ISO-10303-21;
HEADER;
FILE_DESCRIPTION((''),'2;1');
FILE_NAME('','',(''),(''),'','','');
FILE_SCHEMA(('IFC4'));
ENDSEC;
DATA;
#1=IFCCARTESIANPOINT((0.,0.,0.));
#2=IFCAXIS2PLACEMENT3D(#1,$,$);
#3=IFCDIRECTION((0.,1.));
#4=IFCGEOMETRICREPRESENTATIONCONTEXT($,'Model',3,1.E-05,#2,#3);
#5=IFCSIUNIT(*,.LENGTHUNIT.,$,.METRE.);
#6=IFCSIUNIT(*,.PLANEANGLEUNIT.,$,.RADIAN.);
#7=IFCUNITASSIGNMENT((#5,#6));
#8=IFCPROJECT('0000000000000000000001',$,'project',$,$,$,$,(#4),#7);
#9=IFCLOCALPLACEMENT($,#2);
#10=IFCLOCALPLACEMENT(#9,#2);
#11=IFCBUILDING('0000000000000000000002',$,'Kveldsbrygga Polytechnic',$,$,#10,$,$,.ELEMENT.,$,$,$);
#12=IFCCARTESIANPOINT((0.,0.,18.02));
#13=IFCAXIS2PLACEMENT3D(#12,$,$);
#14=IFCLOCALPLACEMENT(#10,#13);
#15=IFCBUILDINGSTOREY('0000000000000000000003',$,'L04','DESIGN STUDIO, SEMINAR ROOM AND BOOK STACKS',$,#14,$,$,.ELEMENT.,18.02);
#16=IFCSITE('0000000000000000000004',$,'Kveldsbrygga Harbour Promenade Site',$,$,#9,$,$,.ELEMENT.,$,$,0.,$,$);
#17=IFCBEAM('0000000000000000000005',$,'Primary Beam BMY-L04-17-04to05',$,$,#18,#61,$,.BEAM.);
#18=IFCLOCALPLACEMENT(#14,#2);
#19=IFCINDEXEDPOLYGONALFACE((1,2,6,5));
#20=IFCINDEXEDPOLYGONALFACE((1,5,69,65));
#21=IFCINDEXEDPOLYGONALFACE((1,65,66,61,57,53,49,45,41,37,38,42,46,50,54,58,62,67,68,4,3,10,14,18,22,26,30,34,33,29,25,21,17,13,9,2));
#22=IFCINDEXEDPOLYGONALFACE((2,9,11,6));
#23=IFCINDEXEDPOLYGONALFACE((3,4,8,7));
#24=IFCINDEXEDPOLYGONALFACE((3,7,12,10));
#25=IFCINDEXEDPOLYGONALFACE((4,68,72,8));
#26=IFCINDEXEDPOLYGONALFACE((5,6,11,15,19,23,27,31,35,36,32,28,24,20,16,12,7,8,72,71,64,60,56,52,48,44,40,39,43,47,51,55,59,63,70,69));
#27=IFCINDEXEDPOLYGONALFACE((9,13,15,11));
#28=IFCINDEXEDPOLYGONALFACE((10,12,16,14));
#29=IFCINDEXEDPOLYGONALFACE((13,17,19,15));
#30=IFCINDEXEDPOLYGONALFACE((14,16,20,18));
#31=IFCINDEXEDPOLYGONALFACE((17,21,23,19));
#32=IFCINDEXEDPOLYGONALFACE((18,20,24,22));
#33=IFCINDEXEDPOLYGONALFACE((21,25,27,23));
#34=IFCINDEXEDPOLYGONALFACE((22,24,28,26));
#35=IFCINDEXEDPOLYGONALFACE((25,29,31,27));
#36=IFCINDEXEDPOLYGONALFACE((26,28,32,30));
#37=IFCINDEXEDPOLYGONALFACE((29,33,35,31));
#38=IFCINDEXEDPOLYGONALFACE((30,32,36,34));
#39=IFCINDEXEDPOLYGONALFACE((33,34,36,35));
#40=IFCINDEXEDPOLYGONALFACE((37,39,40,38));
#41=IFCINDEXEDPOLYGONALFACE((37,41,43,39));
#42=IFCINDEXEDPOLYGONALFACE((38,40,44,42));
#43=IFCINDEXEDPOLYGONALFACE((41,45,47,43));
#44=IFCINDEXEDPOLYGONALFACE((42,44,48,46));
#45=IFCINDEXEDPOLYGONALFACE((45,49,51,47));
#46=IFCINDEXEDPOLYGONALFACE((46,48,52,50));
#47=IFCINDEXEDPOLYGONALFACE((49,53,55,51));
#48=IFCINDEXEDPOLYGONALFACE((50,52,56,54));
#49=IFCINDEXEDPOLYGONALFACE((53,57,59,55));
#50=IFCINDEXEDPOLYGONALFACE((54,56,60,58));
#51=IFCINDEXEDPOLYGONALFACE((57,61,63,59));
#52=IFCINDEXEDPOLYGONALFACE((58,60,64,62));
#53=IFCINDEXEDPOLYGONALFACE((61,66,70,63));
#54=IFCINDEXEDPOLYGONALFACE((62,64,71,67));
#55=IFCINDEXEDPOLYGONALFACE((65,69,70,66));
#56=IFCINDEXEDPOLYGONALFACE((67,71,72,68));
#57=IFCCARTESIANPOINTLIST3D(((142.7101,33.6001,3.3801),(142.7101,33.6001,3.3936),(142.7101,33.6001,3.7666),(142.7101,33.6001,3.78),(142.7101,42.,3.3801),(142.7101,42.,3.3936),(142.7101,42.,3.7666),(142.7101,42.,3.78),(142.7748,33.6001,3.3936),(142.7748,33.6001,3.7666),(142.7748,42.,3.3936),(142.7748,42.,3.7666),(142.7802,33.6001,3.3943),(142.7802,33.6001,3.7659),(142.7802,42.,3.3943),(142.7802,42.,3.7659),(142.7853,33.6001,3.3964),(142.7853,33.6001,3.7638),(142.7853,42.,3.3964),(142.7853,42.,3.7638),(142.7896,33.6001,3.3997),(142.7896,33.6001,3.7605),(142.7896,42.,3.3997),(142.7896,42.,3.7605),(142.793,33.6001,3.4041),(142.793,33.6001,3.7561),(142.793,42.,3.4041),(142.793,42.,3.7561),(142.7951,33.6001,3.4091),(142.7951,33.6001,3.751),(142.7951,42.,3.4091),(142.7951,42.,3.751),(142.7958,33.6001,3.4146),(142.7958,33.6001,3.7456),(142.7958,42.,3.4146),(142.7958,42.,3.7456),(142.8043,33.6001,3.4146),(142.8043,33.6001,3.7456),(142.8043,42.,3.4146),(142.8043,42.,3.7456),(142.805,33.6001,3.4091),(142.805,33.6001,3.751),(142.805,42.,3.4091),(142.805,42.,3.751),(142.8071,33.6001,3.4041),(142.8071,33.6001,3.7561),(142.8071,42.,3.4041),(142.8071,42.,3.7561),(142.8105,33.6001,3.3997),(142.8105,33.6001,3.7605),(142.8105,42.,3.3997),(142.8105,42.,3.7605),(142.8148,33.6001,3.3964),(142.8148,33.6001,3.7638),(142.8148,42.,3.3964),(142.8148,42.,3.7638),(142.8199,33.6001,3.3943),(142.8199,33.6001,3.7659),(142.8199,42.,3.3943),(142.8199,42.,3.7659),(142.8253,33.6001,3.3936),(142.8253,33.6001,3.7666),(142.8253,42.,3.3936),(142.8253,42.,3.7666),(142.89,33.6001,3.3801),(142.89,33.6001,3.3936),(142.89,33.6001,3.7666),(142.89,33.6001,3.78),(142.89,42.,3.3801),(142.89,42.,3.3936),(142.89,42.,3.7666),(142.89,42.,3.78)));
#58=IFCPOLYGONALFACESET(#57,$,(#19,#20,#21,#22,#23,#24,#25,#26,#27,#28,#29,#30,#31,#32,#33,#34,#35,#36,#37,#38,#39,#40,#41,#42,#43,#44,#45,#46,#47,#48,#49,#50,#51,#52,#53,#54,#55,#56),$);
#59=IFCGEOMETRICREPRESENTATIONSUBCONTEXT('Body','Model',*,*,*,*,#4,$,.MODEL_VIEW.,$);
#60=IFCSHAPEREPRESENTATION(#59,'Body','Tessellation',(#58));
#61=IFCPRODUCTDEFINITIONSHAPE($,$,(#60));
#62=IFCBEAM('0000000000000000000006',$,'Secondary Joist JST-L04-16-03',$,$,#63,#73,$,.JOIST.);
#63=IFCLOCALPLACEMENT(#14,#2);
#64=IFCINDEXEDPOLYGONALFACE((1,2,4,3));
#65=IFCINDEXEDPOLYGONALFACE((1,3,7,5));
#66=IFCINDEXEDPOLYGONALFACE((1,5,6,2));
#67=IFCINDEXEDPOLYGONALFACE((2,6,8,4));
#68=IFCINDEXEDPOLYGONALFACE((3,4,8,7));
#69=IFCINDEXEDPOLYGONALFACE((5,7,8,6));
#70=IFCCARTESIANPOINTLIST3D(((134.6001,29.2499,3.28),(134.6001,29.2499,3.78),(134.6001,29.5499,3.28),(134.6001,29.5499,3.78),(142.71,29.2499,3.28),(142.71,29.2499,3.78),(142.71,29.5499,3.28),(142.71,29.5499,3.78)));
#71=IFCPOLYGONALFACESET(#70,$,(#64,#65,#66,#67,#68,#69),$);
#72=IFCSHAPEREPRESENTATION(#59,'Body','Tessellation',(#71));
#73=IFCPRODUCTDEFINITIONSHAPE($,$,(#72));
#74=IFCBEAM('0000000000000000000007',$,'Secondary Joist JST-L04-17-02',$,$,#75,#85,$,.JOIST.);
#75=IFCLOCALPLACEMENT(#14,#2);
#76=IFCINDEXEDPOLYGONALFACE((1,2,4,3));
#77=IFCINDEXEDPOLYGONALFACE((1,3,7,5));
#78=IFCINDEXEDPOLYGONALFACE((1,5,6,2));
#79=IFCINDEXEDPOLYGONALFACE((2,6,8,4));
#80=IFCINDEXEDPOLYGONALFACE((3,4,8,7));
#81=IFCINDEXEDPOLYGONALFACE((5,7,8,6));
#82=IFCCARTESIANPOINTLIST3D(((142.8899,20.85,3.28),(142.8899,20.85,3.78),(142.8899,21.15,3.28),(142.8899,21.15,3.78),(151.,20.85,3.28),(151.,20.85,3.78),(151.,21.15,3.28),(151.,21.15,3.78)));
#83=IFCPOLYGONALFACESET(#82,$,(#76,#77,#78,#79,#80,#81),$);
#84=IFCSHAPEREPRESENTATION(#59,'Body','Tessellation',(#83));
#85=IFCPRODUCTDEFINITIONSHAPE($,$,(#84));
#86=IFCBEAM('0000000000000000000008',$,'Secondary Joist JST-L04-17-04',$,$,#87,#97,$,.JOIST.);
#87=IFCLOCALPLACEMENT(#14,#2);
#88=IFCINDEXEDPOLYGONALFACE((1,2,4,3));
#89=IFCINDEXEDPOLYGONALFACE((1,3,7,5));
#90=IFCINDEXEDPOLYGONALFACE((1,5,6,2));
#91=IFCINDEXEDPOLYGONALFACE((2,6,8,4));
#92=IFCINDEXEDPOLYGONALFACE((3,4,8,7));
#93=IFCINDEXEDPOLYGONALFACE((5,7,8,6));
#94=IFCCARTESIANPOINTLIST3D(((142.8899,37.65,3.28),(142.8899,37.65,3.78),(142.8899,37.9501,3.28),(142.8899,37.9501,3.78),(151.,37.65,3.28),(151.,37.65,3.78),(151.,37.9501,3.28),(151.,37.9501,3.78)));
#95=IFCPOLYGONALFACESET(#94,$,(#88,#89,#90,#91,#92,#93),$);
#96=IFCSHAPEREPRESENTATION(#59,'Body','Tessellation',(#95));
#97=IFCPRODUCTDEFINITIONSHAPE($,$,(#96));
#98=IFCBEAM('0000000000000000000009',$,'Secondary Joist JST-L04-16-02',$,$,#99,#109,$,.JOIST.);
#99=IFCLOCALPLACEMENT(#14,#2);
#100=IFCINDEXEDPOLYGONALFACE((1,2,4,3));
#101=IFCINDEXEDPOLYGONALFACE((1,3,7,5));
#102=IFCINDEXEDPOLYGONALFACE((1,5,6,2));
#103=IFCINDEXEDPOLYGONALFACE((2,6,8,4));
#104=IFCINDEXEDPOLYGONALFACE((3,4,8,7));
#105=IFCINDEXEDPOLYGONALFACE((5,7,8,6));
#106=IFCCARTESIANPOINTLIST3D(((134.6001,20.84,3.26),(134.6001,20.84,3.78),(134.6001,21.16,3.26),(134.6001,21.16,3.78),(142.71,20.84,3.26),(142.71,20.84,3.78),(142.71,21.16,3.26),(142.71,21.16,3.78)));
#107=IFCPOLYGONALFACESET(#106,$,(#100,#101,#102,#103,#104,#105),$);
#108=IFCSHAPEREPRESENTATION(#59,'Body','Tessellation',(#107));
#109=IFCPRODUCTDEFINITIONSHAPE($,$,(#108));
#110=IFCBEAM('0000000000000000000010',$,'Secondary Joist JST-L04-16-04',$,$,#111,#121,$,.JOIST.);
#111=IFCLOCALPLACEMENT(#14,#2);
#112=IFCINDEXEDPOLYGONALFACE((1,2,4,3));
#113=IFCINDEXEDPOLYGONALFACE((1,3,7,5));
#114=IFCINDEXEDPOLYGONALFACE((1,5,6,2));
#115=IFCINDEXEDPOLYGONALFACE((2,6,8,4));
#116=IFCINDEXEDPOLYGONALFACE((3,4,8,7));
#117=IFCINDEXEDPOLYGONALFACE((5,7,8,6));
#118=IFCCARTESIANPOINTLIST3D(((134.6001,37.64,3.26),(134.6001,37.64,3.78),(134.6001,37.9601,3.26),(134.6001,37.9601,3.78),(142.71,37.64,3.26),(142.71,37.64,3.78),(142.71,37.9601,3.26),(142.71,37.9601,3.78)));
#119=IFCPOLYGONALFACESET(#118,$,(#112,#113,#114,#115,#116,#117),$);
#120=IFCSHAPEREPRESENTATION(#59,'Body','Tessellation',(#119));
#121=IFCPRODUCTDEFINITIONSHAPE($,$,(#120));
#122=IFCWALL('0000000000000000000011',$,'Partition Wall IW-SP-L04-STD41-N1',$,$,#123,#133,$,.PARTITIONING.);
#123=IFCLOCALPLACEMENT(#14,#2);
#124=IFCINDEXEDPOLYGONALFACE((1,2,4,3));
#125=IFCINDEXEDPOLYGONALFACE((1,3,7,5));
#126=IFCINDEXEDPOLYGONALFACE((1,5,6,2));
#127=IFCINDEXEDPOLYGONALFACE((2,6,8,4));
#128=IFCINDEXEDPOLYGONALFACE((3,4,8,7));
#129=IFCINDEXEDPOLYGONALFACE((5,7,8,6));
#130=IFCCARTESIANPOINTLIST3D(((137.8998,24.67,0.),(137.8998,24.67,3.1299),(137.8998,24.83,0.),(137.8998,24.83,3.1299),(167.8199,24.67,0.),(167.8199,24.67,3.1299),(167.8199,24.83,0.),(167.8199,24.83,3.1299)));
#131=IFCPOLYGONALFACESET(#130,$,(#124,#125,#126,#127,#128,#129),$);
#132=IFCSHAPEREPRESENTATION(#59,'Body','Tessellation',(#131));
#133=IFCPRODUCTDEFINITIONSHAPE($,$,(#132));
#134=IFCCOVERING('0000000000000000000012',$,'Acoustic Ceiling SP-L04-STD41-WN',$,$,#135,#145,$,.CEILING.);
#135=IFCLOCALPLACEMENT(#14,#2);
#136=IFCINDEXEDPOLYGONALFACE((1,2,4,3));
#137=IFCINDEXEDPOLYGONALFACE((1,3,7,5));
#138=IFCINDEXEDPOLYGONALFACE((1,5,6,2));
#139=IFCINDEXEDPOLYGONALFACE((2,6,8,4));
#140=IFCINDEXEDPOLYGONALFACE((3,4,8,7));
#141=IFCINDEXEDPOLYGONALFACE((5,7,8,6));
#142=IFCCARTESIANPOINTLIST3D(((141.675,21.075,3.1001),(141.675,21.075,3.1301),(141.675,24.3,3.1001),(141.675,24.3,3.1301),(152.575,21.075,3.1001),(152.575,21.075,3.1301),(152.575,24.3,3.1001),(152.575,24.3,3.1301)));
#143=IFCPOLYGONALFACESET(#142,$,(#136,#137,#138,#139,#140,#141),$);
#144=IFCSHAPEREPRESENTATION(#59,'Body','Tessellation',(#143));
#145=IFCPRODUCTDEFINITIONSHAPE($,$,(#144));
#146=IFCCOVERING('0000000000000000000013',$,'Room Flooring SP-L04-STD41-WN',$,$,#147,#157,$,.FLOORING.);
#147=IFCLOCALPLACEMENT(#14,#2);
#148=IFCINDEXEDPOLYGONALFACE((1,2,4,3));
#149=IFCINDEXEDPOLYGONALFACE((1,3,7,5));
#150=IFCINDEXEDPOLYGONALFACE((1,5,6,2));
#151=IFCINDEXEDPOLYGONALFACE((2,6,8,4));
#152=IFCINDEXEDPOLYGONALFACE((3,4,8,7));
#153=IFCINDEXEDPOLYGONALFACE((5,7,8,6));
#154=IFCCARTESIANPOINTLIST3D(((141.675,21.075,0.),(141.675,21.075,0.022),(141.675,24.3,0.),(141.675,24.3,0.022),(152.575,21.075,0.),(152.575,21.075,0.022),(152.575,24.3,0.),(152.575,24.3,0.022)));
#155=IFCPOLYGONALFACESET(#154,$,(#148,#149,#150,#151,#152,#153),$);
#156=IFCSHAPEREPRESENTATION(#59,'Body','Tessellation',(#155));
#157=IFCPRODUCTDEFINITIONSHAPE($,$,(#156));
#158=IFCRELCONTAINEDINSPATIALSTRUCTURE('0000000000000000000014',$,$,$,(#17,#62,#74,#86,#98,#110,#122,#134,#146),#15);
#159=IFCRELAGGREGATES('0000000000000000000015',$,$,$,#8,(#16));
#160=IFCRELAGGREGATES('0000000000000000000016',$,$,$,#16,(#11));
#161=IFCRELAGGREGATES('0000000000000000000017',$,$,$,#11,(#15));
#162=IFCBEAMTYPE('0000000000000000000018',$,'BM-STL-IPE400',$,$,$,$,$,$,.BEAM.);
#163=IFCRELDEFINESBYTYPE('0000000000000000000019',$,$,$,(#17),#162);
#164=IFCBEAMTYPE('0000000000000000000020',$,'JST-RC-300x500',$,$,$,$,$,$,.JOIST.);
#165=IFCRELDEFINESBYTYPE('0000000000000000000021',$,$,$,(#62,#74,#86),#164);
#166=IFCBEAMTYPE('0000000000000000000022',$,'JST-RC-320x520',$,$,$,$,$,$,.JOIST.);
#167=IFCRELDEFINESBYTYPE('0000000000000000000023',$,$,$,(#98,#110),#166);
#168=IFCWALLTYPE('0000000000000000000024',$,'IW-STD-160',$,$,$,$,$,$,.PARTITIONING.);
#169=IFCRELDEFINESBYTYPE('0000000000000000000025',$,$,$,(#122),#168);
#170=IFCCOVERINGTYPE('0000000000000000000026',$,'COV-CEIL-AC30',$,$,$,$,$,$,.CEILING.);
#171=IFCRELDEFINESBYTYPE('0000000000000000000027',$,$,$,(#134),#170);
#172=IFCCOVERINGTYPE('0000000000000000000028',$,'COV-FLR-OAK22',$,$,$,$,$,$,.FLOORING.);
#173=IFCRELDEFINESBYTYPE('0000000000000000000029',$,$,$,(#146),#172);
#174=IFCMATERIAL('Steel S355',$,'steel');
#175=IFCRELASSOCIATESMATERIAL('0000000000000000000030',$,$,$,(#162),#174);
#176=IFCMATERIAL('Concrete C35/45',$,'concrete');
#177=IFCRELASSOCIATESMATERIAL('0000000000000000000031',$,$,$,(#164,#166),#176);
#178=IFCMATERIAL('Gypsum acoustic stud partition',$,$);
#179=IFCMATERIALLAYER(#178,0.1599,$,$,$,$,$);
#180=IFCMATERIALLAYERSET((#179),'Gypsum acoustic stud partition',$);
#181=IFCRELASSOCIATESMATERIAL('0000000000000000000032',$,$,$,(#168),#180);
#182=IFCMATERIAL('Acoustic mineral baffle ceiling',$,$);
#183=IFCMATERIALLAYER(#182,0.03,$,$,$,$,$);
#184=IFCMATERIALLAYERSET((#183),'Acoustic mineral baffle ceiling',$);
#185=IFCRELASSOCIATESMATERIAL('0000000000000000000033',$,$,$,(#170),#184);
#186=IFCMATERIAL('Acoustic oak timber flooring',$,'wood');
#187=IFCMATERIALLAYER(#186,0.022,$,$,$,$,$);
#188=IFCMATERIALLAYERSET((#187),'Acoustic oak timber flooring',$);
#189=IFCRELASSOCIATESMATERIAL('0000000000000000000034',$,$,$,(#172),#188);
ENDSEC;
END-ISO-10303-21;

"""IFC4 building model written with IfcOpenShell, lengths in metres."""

from ifc_helpers import new_model, si_unit, direction, frame, frame_2d, origin, origin_2d, place, context, subcontext, project, spatial, rectangle, i_section, extrude, material, layer, layer_set, material_profile, profile_set, type_object, element, save


model = new_model("IFC4")

# Units and contexts
model_context = context("Model", 3, precision=1e-05, world=origin(), true_north=direction((0.0, 1.0)))
body_context = subcontext(model_context, "Body", "Model", "MODEL_VIEW")
ifc_project = project(units=[si_unit("LENGTHUNIT", "METRE"), si_unit("PLANEANGLEUNIT", "RADIAN")], contexts=[model_context])

# Site, building, storey
site_placement = place(None, origin())
site = spatial("IfcSite", under=ifc_project, at=site_placement, Name="Kveldsbrygga Harbour Promenade Site", CompositionType="ELEMENT", RefElevation=0.0)
building_placement = place(site_placement, origin())
building = spatial("IfcBuilding", under=site, at=building_placement, Name="Kveldsbrygga Polytechnic", CompositionType="ELEMENT")
storey_placement = place(building_placement, frame((0.0, 0.0, 18.02)))
storey = spatial("IfcBuildingStorey", under=building, at=storey_placement, Name="L04", Description="DESIGN STUDIO, SEMINAR ROOM AND BOOK STACKS", CompositionType="ELEMENT", Elevation=18.02)

# Beams
ifc_material_1 = material(Name="Concrete C35/45", Category="concrete")
ifc_material_2 = material(Name="Steel S355", Category="steel")
ifc_material_profile_1 = material_profile(ifc_material_2, i_section(OverallWidth=0.1799, OverallDepth=0.3999, WebThickness=0.0085, FlangeThickness=0.0134, FilletRadius=0.021, at=origin_2d()), Name="IPE 400")
ifc_profile_set_1 = profile_set([ifc_material_profile_1], Name="Steel S355")
beam_type_1 = type_object("IfcBeamType", Name="BM-STL-IPE400", PredefinedType="BEAM", material=ifc_profile_set_1)
beam_1_placement = place(storey_placement, frame((142.8, 33.6001, 3.5801), z_axis=(0.0, 1.0, 0.0), x_axis=(-1.0, 0.0, 0.0)))
element("IfcBeam", 1, at=beam_1_placement, inside=storey, type_object=beam_type_1, Name="Primary Beam BMY-L04-17-04to05", PredefinedType="BEAM", context=body_context, shape_type="SweptSolid", body=[
    extrude(i_section(OverallWidth=0.1799, OverallDepth=0.3999, WebThickness=0.0085, FlangeThickness=0.0134, FilletRadius=0.021, at=origin_2d()), origin(), (0.0, 0.0, 1.0), 8.3999),
])
ifc_material_profile_2 = material_profile(ifc_material_1, rectangle(XDim=0.3, YDim=0.5, at=origin_2d()), Name="RC 300x500")
ifc_profile_set_2 = profile_set([ifc_material_profile_2], Name="Concrete C35/45")
beam_type_2 = type_object("IfcBeamType", Name="JST-RC-300x500", PredefinedType="JOIST", material=ifc_profile_set_2)
beam_2_placement = place(storey_placement, frame((134.6001, 29.3999, 3.53), z_axis=(1.0, 0.0, 0.0), x_axis=(0.0, 1.0, 0.0)))
element("IfcBeam", 2, at=beam_2_placement, inside=storey, type_object=beam_type_2, Name="Secondary Joist JST-L04-16-03", PredefinedType="JOIST", context=body_context, shape_type="SweptSolid", body=[
    extrude(rectangle(XDim=0.3, YDim=0.5, at=origin_2d()), origin(), (0.0, 0.0, 1.0), 8.1099),
])
for number, where, z_axis, x_axis, name in (
    (3, (142.8899, 21.0, 3.53), (1.0, 0.0, 0.0), (0.0, 1.0, 0.0), "Secondary Joist JST-L04-17-02"),
    (4, (142.8899, 37.8, 3.53), (1.0, 0.0, 0.0), (0.0, 1.0, 0.0), "Secondary Joist JST-L04-17-04"),
):
    element("IfcBeam", number, at=place(storey_placement, frame(where, z_axis=z_axis, x_axis=x_axis)), inside=storey, type_object=beam_type_2, Name=name, PredefinedType="JOIST", context=body_context, shape_type="SweptSolid", body=[
        extrude(rectangle(XDim=0.3, YDim=0.5, at=origin_2d()), origin(), (0.0, 0.0, 1.0), 8.1101),
    ])
ifc_material_profile_3 = material_profile(ifc_material_1, rectangle(XDim=0.3201, YDim=0.52, at=origin_2d()), Name="RC 320x520")
ifc_profile_set_3 = profile_set([ifc_material_profile_3], Name="Concrete C35/45")
beam_type_3 = type_object("IfcBeamType", Name="JST-RC-320x520", PredefinedType="JOIST", material=ifc_profile_set_3)
for number, where, z_axis, x_axis, name in (
    (5, (134.6001, 21.0, 3.52), (1.0, 0.0, 0.0), (0.0, 1.0, 0.0), "Secondary Joist JST-L04-16-02"),
    (6, (134.6001, 37.8, 3.52), (1.0, 0.0, 0.0), (0.0, 1.0, 0.0), "Secondary Joist JST-L04-16-04"),
):
    element("IfcBeam", number, at=place(storey_placement, frame(where, z_axis=z_axis, x_axis=x_axis)), inside=storey, type_object=beam_type_3, Name=name, PredefinedType="JOIST", context=body_context, shape_type="SweptSolid", body=[
        extrude(rectangle(XDim=0.3201, YDim=0.52, at=origin_2d()), origin(), (0.0, 0.0, 1.0), 8.1099),
    ])

# Wall
ifc_material_3 = material(Name="Gypsum acoustic stud partition")
ifc_layer_1 = layer(ifc_material_3, 0.1599)
ifc_layer_set_1 = layer_set([ifc_layer_1], Name="Gypsum acoustic stud partition")
wall_type = type_object("IfcWallType", Name="IW-STD-160", PredefinedType="PARTITIONING", material=ifc_layer_set_1)
wall_placement = place(storey_placement, frame((137.8999, 24.75, 0.0), z_axis=(0.0, 0.0, 1.0), x_axis=(1.0, 0.0, 0.0)))
element("IfcWall", 7, at=wall_placement, inside=storey, type_object=wall_type, Name="Partition Wall IW-SP-L04-STD41-N1", PredefinedType="PARTITIONING", context=body_context, shape_type="SweptSolid", body=[
    extrude(rectangle(XDim=29.9202, YDim=0.1599, at=frame_2d((14.96, 0.0))), origin(), (0.0, 0.0, 1.0), 3.1299),
])

# Coverings
ifc_material_4 = material(Name="Acoustic mineral baffle ceiling")
ifc_layer_2 = layer(ifc_material_4, 0.03)
ifc_layer_set_2 = layer_set([ifc_layer_2], Name="Acoustic mineral baffle ceiling")
covering_type_1 = type_object("IfcCoveringType", Name="COV-CEIL-AC30", PredefinedType="CEILING", material=ifc_layer_set_2)
covering_1_placement = place(storey_placement, frame((147.125, 22.6875, 3.1001), z_axis=(0.0, 0.0, 1.0), x_axis=(1.0, 0.0, 0.0)))
element("IfcCovering", 8, at=covering_1_placement, inside=storey, type_object=covering_type_1, Name="Acoustic Ceiling SP-L04-STD41-WN", PredefinedType="CEILING", context=body_context, shape_type="SweptSolid", body=[
    extrude(rectangle(XDim=10.8999, YDim=3.2251, at=origin_2d()), origin(), (0.0, 0.0, 1.0), 0.03),
])
ifc_material_5 = material(Name="Acoustic oak timber flooring", Category="wood")
ifc_layer_3 = layer(ifc_material_5, 0.022)
ifc_layer_set_3 = layer_set([ifc_layer_3], Name="Acoustic oak timber flooring")
covering_type_2 = type_object("IfcCoveringType", Name="COV-FLR-OAK22", PredefinedType="FLOORING", material=ifc_layer_set_3)
covering_2_placement = place(storey_placement, frame((147.125, 22.6875, 0.0), z_axis=(0.0, 0.0, 1.0), x_axis=(1.0, 0.0, 0.0)))
element("IfcCovering", 9, at=covering_2_placement, inside=storey, type_object=covering_type_2, Name="Room Flooring SP-L04-STD41-WN", PredefinedType="FLOORING", context=body_context, shape_type="SweptSolid", body=[
    extrude(rectangle(XDim=10.8999, YDim=3.2251, at=origin_2d()), origin(), (0.0, 0.0, 1.0), 0.022),
])

save(model, "model.ifc")
